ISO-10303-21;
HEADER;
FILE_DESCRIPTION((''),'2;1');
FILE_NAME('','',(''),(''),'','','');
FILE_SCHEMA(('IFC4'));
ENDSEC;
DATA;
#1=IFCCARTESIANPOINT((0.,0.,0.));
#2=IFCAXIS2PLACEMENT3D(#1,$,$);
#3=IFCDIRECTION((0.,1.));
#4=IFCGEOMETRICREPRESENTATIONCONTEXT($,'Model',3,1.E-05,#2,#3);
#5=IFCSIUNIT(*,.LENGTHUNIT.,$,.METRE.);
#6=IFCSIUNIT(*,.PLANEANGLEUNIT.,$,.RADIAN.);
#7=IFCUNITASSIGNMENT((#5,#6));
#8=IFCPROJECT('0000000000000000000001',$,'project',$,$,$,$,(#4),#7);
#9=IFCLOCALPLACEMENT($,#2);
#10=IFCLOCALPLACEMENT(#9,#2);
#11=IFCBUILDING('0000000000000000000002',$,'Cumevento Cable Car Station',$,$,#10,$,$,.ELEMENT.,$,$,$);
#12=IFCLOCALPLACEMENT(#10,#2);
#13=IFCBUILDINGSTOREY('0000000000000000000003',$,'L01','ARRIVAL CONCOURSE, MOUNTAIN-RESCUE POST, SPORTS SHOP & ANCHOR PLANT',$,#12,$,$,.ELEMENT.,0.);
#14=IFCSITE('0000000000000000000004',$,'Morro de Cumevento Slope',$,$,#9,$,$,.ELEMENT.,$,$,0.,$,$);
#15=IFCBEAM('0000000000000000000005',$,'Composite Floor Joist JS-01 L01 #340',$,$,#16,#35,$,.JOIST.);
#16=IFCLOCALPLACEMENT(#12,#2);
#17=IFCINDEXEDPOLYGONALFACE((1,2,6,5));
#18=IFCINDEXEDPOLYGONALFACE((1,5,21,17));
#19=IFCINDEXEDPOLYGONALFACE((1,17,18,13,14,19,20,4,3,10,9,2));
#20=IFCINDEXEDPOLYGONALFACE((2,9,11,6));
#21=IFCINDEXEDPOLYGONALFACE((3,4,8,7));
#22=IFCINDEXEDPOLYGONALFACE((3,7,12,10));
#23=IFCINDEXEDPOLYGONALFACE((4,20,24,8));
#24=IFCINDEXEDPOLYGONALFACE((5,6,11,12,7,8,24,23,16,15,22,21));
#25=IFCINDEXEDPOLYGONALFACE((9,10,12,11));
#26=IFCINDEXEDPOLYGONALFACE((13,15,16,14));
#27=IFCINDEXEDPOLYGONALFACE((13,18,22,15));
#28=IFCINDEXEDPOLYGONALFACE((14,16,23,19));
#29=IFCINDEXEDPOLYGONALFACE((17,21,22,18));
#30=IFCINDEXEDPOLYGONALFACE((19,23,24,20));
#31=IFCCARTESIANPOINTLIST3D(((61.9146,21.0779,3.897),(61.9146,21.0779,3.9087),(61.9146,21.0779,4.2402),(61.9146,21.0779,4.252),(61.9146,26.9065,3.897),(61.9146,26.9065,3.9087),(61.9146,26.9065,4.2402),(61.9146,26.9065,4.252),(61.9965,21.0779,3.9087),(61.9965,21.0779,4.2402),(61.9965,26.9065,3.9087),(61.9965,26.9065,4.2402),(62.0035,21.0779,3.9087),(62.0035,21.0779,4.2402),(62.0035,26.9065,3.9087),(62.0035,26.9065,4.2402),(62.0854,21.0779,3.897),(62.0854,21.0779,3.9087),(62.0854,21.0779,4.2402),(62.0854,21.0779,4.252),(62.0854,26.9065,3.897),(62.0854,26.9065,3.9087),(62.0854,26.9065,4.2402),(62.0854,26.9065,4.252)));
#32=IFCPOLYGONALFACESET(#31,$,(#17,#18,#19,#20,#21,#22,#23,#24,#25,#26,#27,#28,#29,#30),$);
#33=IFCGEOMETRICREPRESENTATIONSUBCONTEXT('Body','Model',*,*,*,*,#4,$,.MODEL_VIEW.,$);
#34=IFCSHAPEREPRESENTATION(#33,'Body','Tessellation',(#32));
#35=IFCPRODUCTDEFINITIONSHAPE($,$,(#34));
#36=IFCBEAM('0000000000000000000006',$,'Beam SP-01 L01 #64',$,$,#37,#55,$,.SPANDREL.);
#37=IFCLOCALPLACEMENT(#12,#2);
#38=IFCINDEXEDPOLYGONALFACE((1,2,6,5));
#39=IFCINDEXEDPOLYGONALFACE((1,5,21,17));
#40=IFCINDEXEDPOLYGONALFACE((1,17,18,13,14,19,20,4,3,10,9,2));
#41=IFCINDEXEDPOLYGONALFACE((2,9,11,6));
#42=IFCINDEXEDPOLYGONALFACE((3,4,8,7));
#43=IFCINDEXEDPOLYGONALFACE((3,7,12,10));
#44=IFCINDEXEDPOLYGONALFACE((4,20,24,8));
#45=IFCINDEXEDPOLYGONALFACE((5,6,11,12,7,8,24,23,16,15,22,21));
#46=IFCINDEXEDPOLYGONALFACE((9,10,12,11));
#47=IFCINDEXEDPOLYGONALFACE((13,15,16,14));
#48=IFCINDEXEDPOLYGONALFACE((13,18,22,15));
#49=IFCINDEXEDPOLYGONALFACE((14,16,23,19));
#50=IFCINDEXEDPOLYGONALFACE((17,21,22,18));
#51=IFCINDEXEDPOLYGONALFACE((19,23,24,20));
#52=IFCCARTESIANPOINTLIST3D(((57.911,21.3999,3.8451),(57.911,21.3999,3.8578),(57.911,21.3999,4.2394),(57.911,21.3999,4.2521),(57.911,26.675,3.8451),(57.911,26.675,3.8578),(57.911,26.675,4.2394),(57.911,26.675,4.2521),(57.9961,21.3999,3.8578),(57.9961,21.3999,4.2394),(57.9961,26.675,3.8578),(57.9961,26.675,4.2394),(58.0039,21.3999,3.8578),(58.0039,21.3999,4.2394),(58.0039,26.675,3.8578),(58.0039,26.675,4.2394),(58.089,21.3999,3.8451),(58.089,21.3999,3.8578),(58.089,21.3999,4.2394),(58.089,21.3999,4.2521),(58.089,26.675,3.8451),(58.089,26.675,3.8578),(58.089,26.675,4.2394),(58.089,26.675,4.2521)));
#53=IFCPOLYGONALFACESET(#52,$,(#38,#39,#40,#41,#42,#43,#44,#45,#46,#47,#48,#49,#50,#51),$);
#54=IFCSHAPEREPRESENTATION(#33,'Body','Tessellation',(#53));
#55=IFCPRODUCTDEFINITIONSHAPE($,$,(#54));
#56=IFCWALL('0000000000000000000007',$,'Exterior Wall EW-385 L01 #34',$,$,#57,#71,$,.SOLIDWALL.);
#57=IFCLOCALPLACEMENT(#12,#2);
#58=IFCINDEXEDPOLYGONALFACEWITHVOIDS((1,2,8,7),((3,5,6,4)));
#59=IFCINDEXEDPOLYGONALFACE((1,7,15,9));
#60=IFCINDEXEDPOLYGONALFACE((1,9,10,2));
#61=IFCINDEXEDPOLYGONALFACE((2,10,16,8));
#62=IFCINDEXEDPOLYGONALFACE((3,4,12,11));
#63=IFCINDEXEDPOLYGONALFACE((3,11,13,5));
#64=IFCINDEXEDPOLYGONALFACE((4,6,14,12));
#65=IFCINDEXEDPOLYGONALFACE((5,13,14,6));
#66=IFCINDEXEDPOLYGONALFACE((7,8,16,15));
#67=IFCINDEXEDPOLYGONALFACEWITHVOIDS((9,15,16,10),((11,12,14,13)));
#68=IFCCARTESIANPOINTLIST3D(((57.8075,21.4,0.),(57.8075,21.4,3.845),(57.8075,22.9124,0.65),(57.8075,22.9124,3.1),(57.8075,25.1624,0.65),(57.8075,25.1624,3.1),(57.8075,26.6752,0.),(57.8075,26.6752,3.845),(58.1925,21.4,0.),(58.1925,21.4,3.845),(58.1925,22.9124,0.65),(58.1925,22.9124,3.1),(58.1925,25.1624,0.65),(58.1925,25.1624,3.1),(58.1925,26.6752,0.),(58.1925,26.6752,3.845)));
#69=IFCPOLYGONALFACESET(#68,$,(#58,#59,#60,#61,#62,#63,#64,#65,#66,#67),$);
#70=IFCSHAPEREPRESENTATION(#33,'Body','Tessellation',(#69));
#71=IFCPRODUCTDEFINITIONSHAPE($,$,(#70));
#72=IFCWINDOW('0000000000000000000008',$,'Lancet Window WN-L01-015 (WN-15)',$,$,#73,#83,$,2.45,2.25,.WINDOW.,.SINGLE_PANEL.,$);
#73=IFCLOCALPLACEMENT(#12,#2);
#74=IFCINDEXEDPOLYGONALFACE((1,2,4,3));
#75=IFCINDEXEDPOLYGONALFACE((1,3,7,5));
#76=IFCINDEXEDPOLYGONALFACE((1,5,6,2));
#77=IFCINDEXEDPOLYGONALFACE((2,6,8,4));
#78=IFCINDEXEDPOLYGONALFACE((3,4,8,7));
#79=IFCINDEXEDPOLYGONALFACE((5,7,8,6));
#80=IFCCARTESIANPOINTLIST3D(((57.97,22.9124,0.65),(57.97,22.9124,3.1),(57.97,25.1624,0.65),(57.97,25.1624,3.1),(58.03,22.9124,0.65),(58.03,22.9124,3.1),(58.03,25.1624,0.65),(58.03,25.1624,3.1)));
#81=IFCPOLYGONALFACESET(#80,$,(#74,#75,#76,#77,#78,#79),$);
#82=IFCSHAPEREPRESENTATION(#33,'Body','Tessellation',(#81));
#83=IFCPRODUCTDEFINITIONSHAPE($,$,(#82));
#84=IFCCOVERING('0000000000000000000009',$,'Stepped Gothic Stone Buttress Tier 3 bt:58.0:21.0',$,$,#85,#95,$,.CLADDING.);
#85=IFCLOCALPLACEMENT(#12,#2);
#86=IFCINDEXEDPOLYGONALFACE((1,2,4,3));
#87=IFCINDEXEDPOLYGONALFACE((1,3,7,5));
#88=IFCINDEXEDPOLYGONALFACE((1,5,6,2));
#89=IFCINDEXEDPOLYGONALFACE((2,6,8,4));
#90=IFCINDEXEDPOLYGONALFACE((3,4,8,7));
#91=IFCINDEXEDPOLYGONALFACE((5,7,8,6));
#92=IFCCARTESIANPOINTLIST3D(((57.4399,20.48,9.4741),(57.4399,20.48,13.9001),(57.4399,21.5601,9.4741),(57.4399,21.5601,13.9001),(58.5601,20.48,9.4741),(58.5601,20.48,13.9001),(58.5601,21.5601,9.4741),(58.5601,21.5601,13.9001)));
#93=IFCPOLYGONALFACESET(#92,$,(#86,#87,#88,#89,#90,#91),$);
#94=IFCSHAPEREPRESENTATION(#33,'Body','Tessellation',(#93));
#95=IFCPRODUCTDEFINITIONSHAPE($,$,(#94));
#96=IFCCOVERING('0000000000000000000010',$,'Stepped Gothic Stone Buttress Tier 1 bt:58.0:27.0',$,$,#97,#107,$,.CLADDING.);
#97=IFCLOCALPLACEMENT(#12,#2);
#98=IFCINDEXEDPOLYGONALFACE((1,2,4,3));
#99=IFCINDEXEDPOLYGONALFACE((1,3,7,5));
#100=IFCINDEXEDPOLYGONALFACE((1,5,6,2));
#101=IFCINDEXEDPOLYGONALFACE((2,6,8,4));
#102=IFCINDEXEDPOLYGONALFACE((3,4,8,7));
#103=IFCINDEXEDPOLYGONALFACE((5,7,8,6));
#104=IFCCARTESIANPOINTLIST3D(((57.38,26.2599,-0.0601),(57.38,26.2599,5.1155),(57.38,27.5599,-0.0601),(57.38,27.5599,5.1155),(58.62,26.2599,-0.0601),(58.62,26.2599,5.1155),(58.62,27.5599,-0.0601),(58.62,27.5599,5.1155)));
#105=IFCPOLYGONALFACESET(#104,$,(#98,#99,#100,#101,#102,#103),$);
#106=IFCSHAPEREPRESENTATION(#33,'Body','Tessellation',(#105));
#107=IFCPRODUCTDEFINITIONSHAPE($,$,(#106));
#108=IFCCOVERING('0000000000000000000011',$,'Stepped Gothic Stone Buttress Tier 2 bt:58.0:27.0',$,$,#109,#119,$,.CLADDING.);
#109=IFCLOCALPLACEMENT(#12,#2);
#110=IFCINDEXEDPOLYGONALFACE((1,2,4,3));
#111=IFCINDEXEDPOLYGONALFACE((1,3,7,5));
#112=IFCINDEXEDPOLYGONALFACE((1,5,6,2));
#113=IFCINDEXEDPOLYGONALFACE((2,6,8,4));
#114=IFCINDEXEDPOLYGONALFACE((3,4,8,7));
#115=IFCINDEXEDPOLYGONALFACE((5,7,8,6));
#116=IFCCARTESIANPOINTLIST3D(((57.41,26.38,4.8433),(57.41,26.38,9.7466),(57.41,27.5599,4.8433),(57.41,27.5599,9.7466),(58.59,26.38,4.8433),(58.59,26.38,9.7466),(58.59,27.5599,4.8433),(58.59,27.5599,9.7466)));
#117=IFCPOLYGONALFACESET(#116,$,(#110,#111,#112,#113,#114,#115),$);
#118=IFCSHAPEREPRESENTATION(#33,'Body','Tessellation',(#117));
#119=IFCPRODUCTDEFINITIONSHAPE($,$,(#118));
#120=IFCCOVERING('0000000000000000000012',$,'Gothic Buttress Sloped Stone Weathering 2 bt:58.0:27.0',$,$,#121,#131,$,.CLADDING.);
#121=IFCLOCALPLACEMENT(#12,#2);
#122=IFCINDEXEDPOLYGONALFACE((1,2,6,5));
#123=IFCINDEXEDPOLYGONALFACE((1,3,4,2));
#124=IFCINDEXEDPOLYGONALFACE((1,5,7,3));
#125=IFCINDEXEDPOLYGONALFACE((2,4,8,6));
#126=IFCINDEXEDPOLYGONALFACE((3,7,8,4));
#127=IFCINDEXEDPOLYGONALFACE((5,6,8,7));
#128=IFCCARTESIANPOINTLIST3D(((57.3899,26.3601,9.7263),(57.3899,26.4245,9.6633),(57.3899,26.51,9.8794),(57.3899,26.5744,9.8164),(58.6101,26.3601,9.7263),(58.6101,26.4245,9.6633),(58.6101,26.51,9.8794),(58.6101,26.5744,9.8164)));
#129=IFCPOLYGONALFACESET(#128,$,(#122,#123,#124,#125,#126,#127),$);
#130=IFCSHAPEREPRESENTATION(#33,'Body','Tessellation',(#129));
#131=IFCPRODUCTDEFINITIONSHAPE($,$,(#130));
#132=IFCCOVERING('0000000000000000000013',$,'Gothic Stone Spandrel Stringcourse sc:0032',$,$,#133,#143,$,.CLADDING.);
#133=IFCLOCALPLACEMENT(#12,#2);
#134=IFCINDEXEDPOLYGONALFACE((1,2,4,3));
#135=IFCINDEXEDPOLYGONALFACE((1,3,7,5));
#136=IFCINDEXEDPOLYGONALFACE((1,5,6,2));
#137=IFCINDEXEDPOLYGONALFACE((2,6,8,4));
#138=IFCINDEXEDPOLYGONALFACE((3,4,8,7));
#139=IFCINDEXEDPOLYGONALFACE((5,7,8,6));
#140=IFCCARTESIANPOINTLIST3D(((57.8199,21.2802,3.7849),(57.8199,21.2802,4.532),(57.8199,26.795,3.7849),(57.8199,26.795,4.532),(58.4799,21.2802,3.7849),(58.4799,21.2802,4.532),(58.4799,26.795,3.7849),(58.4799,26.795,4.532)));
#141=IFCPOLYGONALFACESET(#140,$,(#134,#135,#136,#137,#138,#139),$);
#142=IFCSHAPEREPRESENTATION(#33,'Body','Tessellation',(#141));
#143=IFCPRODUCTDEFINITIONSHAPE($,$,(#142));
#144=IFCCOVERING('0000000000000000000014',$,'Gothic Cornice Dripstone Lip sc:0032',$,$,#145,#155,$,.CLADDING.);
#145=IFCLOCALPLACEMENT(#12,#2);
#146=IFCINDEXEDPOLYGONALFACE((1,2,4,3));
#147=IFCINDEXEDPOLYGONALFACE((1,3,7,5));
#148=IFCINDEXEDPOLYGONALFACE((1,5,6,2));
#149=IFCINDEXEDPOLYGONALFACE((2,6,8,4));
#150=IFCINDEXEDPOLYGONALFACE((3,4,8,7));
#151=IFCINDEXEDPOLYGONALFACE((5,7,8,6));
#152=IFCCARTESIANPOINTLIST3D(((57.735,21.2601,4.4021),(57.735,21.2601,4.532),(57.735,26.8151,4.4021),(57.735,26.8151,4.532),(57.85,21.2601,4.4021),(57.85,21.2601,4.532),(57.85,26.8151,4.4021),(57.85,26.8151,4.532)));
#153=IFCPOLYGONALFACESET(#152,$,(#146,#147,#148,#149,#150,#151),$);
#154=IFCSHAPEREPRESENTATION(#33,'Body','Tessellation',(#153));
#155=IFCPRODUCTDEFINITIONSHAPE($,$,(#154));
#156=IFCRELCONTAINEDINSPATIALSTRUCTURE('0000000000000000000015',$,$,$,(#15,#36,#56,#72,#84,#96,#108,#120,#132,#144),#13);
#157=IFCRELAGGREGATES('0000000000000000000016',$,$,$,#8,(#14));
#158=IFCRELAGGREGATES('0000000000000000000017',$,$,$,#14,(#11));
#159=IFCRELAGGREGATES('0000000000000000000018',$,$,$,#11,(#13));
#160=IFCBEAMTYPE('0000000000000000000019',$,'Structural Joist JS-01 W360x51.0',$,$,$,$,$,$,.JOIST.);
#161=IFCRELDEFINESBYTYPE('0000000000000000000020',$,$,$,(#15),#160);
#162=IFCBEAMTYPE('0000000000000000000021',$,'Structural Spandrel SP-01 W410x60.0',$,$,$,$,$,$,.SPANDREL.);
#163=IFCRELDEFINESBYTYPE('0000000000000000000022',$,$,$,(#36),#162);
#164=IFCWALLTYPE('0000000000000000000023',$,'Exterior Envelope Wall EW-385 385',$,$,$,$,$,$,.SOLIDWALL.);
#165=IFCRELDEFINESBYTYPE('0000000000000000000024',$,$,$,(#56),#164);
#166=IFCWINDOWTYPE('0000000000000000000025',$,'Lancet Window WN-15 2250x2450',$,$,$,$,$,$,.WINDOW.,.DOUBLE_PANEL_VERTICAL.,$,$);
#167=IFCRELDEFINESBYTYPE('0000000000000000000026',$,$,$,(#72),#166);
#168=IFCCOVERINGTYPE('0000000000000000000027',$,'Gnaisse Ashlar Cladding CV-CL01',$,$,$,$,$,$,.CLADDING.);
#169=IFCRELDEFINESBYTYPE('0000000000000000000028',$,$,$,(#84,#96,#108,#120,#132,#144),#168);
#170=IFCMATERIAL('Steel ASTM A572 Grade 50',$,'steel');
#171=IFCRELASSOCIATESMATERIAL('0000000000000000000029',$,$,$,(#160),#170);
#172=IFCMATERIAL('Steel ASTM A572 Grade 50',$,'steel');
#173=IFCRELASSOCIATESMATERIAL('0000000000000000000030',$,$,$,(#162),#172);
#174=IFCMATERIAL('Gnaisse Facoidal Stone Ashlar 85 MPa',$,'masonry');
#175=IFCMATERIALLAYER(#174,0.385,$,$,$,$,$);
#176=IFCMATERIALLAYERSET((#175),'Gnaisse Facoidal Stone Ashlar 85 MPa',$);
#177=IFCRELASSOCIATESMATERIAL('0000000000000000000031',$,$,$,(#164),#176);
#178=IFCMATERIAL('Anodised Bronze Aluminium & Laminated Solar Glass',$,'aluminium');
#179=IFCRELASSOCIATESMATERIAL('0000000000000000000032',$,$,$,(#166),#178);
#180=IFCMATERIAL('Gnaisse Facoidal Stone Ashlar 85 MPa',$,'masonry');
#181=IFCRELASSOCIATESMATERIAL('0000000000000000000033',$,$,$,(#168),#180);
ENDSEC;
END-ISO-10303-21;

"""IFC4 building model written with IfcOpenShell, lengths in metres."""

from ifc_helpers import new_model, si_unit, direction, frame, frame_2d, origin, origin_2d, place, context, subcontext, project, spatial, polyline, rectangle, i_section, outline, extrude, material, layer, layer_set, material_profile, profile_set, type_object, element, fill, save


model = new_model("IFC4")

# Units and contexts
model_context = context("Model", 3, precision=1e-05, world=origin(), true_north=direction((0.0, 1.0)))
body_context = subcontext(model_context, "Body", "Model", "MODEL_VIEW")
ifc_project = project(units=[si_unit("LENGTHUNIT", "METRE"), si_unit("PLANEANGLEUNIT", "RADIAN")], contexts=[model_context])

# Site, building, storey
site_placement = place(None, origin())
site = spatial("IfcSite", under=ifc_project, at=site_placement, Name="Morro de Cumevento Slope", CompositionType="ELEMENT", RefElevation=0.0)
building_placement = place(site_placement, origin())
building = spatial("IfcBuilding", under=site, at=building_placement, Name="Cumevento Cable Car Station", CompositionType="ELEMENT")
storey_placement = place(building_placement, origin())
storey = spatial("IfcBuildingStorey", under=building, at=storey_placement, Name="L01", Description="ARRIVAL CONCOURSE, MOUNTAIN-RESCUE POST, SPORTS SHOP & ANCHOR PLANT", CompositionType="ELEMENT", Elevation=0.0)

# Beams
ifc_material_1 = material(Name="Steel ASTM A572 Grade 50", Category="steel")
ifc_material_profile_1 = material_profile(ifc_material_1, i_section(OverallWidth=0.1709, OverallDepth=0.355, WebThickness=0.0071, FlangeThickness=0.0117, at=origin_2d()), Name="W360x51.0")
ifc_profile_set_1 = profile_set([ifc_material_profile_1], Name="Steel ASTM A572 Grade 50")
beam_type_1 = type_object("IfcBeamType", Name="Structural Joist JS-01 W360x51.0", PredefinedType="JOIST", material=ifc_profile_set_1)
for number, where, z_axis, x_axis, name in (
    (1, (62.0, 21.0779, 4.0745), (0.0, 1.0, 0.0), (-1.0, 0.0, 0.0), "Composite Floor Joist JS-01 L01 #340"),
):
    element("IfcBeam", number, at=place(storey_placement, frame(where, z_axis=z_axis, x_axis=x_axis)), inside=storey, type_object=beam_type_1, Name=name, PredefinedType="JOIST", context=body_context, shape_type="SweptSolid", body=[
        extrude(i_section(OverallWidth=0.1709, OverallDepth=0.355, WebThickness=0.0071, FlangeThickness=0.0117, at=origin_2d()), origin(), (0.0, 0.0, 1.0), 5.8286),
    ])
ifc_material_2 = material(Name="Steel ASTM A572 Grade 50", Category="steel")
ifc_material_profile_2 = material_profile(ifc_material_2, i_section(OverallWidth=0.178, OverallDepth=0.407, WebThickness=0.0078, FlangeThickness=0.0127, at=origin_2d()), Name="W410x60.0")
ifc_profile_set_2 = profile_set([ifc_material_profile_2], Name="Steel ASTM A572 Grade 50")
beam_type_2 = type_object("IfcBeamType", Name="Structural Spandrel SP-01 W410x60.0", PredefinedType="SPANDREL", material=ifc_profile_set_2)
beam_1_placement = place(storey_placement, frame((58.0, 21.3999, 4.0486), z_axis=(0.0, 1.0, 0.0), x_axis=(-1.0, 0.0, 0.0)))
element("IfcBeam", 2, at=beam_1_placement, inside=storey, type_object=beam_type_2, Name="Beam SP-01 L01 #64", PredefinedType="SPANDREL", context=body_context, shape_type="SweptSolid", body=[
    extrude(i_section(OverallWidth=0.178, OverallDepth=0.407, WebThickness=0.0078, FlangeThickness=0.0127, at=origin_2d()), origin(), (0.0, 0.0, 1.0), 5.2751),
])

# Wall, opening, window
ifc_material_3 = material(Name="Gnaisse Facoidal Stone Ashlar 85 MPa", Category="masonry")
ifc_layer = layer(ifc_material_3, 0.385)
ifc_layer_set = layer_set([ifc_layer], Name="Gnaisse Facoidal Stone Ashlar 85 MPa")
wall_type = type_object("IfcWallType", Name="Exterior Envelope Wall EW-385 385", PredefinedType="SOLIDWALL", material=ifc_layer_set)
wall_placement = place(storey_placement, frame((58.0, 21.3999, 0.0), z_axis=(0.0, 0.0, 1.0), x_axis=(0.0, 1.0, 0.0)))
wall = element("IfcWall", 3, at=wall_placement, inside=storey, type_object=wall_type, Name="Exterior Wall EW-385 L01 #34", PredefinedType="SOLIDWALL", context=body_context, shape_type="SweptSolid", body=[
    extrude(rectangle(XDim=5.2751, YDim=0.385, at=frame_2d((2.6377, 0.0))), origin(), (0.0, 0.0, 1.0), 3.845),
])
opening_placement = place(wall_placement, frame((1.5125, 0.0, 0.6499)))
opening = element("IfcOpeningElement", 4, at=opening_placement, cuts=wall, PredefinedType="OPENING", context=body_context, shape_type="SweptSolid", body=[
    extrude(rectangle(XDim=2.25, YDim=2.45, at=frame_2d((1.125, 1.2251))), frame((0.0, 0.2024, 0.0), z_axis=(0.0, -1.0, 0.0), x_axis=(1.0, 0.0, 0.0)), (0.0, 0.0, 1.0), 0.405),
])
ifc_material_4 = material(Name="Anodised Bronze Aluminium & Laminated Solar Glass", Category="aluminium")
window_type = type_object("IfcWindowType", Name="Lancet Window WN-15 2250x2450", PartitioningType="DOUBLE_PANEL_VERTICAL", PredefinedType="WINDOW", material=ifc_material_4)
window_placement = place(opening_placement, origin())
window = element("IfcWindow", 5, at=window_placement, inside=storey, type_object=window_type, Name="Lancet Window WN-L01-015 (WN-15)", OverallHeight=2.45, OverallWidth=2.25, PartitioningType="SINGLE_PANEL", PredefinedType="WINDOW", context=body_context, shape_type="SweptSolid", body=[
    extrude(rectangle(XDim=2.25, YDim=2.45, at=frame_2d((1.125, 1.2251))), frame((0.0, 0.03, 0.0), z_axis=(0.0, -1.0, 0.0), x_axis=(1.0, 0.0, 0.0)), (0.0, 0.0, 1.0), 0.0601),
])
fill(opening, window)

# Coverings
ifc_material_5 = material(Name="Gnaisse Facoidal Stone Ashlar 85 MPa", Category="masonry")
covering_type = type_object("IfcCoveringType", Name="Gnaisse Ashlar Cladding CV-CL01", PredefinedType="CLADDING", material=ifc_material_5)
covering_1_placement = place(storey_placement, frame((58.0, 21.02, 9.4741), z_axis=(0.0, 0.0, 1.0), x_axis=(1.0, 0.0, 0.0)))
element("IfcCovering", 6, at=covering_1_placement, inside=storey, type_object=covering_type, Name="Stepped Gothic Stone Buttress Tier 3 bt:58.0:21.0", PredefinedType="CLADDING", context=body_context, shape_type="SweptSolid", body=[
    extrude(rectangle(XDim=1.1201, YDim=1.0801, at=origin_2d()), origin(), (0.0, 0.0, 1.0), 4.426),
])
covering_2_placement = place(storey_placement, frame((58.0, 26.9099, -0.0601), z_axis=(0.0, 0.0, 1.0), x_axis=(1.0, 0.0, 0.0)))
element("IfcCovering", 7, at=covering_2_placement, inside=storey, type_object=covering_type, Name="Stepped Gothic Stone Buttress Tier 1 bt:58.0:27.0", PredefinedType="CLADDING", context=body_context, shape_type="SweptSolid", body=[
    extrude(rectangle(XDim=1.24, YDim=1.3, at=origin_2d()), origin(), (0.0, 0.0, 1.0), 5.1755),
])
covering_3_placement = place(storey_placement, frame((58.0, 26.97, 4.8433), z_axis=(0.0, 0.0, 1.0), x_axis=(1.0, 0.0, 0.0)))
element("IfcCovering", 8, at=covering_3_placement, inside=storey, type_object=covering_type, Name="Stepped Gothic Stone Buttress Tier 2 bt:58.0:27.0", PredefinedType="CLADDING", context=body_context, shape_type="SweptSolid", body=[
    extrude(rectangle(XDim=1.1799, YDim=1.1799, at=origin_2d()), origin(), (0.0, 0.0, 1.0), 4.9033),
])
covering_4_placement = place(storey_placement, frame((57.3899, 26.3601, 9.7263), z_axis=(0.0, -0.714475, 0.699661), x_axis=(1.0, 0.0, 0.0)))
element("IfcCovering", 9, at=covering_4_placement, inside=storey, type_object=covering_type, Name="Gothic Buttress Sloped Stone Weathering 2 bt:58.0:27.0", PredefinedType="CLADDING", context=body_context, shape_type="SweptSolid", body=[
    extrude(outline(polyline([(0.0, 0.0), (1.2202, 0.0), (1.2202, 0.2142), (0.0, 0.2142), (0.0, 0.0)])), origin(), (0.0, 0.0, -1.0), 0.0901),
])
covering_5_placement = place(storey_placement, frame((58.1499, 24.0376, 3.7849), z_axis=(0.0, 0.0, 1.0), x_axis=(0.0, 1.0, 0.0)))
element("IfcCovering", 10, at=covering_5_placement, inside=storey, type_object=covering_type, Name="Gothic Stone Spandrel Stringcourse sc:0032", PredefinedType="CLADDING", context=body_context, shape_type="SweptSolid", body=[
    extrude(rectangle(XDim=5.5149, YDim=0.6599, at=origin_2d()), origin(), (0.0, 0.0, 1.0), 0.7471),
])
covering_6_placement = place(storey_placement, frame((57.7925, 24.0376, 4.4021), z_axis=(0.0, 0.0, 1.0), x_axis=(0.0, 1.0, 0.0)))
element("IfcCovering", 11, at=covering_6_placement, inside=storey, type_object=covering_type, Name="Gothic Cornice Dripstone Lip sc:0032", PredefinedType="CLADDING", context=body_context, shape_type="SweptSolid", body=[
    extrude(rectangle(XDim=5.5549, YDim=0.115, at=origin_2d()), origin(), (0.0, 0.0, 1.0), 0.1299),
])

save(model, "model.ifc")
